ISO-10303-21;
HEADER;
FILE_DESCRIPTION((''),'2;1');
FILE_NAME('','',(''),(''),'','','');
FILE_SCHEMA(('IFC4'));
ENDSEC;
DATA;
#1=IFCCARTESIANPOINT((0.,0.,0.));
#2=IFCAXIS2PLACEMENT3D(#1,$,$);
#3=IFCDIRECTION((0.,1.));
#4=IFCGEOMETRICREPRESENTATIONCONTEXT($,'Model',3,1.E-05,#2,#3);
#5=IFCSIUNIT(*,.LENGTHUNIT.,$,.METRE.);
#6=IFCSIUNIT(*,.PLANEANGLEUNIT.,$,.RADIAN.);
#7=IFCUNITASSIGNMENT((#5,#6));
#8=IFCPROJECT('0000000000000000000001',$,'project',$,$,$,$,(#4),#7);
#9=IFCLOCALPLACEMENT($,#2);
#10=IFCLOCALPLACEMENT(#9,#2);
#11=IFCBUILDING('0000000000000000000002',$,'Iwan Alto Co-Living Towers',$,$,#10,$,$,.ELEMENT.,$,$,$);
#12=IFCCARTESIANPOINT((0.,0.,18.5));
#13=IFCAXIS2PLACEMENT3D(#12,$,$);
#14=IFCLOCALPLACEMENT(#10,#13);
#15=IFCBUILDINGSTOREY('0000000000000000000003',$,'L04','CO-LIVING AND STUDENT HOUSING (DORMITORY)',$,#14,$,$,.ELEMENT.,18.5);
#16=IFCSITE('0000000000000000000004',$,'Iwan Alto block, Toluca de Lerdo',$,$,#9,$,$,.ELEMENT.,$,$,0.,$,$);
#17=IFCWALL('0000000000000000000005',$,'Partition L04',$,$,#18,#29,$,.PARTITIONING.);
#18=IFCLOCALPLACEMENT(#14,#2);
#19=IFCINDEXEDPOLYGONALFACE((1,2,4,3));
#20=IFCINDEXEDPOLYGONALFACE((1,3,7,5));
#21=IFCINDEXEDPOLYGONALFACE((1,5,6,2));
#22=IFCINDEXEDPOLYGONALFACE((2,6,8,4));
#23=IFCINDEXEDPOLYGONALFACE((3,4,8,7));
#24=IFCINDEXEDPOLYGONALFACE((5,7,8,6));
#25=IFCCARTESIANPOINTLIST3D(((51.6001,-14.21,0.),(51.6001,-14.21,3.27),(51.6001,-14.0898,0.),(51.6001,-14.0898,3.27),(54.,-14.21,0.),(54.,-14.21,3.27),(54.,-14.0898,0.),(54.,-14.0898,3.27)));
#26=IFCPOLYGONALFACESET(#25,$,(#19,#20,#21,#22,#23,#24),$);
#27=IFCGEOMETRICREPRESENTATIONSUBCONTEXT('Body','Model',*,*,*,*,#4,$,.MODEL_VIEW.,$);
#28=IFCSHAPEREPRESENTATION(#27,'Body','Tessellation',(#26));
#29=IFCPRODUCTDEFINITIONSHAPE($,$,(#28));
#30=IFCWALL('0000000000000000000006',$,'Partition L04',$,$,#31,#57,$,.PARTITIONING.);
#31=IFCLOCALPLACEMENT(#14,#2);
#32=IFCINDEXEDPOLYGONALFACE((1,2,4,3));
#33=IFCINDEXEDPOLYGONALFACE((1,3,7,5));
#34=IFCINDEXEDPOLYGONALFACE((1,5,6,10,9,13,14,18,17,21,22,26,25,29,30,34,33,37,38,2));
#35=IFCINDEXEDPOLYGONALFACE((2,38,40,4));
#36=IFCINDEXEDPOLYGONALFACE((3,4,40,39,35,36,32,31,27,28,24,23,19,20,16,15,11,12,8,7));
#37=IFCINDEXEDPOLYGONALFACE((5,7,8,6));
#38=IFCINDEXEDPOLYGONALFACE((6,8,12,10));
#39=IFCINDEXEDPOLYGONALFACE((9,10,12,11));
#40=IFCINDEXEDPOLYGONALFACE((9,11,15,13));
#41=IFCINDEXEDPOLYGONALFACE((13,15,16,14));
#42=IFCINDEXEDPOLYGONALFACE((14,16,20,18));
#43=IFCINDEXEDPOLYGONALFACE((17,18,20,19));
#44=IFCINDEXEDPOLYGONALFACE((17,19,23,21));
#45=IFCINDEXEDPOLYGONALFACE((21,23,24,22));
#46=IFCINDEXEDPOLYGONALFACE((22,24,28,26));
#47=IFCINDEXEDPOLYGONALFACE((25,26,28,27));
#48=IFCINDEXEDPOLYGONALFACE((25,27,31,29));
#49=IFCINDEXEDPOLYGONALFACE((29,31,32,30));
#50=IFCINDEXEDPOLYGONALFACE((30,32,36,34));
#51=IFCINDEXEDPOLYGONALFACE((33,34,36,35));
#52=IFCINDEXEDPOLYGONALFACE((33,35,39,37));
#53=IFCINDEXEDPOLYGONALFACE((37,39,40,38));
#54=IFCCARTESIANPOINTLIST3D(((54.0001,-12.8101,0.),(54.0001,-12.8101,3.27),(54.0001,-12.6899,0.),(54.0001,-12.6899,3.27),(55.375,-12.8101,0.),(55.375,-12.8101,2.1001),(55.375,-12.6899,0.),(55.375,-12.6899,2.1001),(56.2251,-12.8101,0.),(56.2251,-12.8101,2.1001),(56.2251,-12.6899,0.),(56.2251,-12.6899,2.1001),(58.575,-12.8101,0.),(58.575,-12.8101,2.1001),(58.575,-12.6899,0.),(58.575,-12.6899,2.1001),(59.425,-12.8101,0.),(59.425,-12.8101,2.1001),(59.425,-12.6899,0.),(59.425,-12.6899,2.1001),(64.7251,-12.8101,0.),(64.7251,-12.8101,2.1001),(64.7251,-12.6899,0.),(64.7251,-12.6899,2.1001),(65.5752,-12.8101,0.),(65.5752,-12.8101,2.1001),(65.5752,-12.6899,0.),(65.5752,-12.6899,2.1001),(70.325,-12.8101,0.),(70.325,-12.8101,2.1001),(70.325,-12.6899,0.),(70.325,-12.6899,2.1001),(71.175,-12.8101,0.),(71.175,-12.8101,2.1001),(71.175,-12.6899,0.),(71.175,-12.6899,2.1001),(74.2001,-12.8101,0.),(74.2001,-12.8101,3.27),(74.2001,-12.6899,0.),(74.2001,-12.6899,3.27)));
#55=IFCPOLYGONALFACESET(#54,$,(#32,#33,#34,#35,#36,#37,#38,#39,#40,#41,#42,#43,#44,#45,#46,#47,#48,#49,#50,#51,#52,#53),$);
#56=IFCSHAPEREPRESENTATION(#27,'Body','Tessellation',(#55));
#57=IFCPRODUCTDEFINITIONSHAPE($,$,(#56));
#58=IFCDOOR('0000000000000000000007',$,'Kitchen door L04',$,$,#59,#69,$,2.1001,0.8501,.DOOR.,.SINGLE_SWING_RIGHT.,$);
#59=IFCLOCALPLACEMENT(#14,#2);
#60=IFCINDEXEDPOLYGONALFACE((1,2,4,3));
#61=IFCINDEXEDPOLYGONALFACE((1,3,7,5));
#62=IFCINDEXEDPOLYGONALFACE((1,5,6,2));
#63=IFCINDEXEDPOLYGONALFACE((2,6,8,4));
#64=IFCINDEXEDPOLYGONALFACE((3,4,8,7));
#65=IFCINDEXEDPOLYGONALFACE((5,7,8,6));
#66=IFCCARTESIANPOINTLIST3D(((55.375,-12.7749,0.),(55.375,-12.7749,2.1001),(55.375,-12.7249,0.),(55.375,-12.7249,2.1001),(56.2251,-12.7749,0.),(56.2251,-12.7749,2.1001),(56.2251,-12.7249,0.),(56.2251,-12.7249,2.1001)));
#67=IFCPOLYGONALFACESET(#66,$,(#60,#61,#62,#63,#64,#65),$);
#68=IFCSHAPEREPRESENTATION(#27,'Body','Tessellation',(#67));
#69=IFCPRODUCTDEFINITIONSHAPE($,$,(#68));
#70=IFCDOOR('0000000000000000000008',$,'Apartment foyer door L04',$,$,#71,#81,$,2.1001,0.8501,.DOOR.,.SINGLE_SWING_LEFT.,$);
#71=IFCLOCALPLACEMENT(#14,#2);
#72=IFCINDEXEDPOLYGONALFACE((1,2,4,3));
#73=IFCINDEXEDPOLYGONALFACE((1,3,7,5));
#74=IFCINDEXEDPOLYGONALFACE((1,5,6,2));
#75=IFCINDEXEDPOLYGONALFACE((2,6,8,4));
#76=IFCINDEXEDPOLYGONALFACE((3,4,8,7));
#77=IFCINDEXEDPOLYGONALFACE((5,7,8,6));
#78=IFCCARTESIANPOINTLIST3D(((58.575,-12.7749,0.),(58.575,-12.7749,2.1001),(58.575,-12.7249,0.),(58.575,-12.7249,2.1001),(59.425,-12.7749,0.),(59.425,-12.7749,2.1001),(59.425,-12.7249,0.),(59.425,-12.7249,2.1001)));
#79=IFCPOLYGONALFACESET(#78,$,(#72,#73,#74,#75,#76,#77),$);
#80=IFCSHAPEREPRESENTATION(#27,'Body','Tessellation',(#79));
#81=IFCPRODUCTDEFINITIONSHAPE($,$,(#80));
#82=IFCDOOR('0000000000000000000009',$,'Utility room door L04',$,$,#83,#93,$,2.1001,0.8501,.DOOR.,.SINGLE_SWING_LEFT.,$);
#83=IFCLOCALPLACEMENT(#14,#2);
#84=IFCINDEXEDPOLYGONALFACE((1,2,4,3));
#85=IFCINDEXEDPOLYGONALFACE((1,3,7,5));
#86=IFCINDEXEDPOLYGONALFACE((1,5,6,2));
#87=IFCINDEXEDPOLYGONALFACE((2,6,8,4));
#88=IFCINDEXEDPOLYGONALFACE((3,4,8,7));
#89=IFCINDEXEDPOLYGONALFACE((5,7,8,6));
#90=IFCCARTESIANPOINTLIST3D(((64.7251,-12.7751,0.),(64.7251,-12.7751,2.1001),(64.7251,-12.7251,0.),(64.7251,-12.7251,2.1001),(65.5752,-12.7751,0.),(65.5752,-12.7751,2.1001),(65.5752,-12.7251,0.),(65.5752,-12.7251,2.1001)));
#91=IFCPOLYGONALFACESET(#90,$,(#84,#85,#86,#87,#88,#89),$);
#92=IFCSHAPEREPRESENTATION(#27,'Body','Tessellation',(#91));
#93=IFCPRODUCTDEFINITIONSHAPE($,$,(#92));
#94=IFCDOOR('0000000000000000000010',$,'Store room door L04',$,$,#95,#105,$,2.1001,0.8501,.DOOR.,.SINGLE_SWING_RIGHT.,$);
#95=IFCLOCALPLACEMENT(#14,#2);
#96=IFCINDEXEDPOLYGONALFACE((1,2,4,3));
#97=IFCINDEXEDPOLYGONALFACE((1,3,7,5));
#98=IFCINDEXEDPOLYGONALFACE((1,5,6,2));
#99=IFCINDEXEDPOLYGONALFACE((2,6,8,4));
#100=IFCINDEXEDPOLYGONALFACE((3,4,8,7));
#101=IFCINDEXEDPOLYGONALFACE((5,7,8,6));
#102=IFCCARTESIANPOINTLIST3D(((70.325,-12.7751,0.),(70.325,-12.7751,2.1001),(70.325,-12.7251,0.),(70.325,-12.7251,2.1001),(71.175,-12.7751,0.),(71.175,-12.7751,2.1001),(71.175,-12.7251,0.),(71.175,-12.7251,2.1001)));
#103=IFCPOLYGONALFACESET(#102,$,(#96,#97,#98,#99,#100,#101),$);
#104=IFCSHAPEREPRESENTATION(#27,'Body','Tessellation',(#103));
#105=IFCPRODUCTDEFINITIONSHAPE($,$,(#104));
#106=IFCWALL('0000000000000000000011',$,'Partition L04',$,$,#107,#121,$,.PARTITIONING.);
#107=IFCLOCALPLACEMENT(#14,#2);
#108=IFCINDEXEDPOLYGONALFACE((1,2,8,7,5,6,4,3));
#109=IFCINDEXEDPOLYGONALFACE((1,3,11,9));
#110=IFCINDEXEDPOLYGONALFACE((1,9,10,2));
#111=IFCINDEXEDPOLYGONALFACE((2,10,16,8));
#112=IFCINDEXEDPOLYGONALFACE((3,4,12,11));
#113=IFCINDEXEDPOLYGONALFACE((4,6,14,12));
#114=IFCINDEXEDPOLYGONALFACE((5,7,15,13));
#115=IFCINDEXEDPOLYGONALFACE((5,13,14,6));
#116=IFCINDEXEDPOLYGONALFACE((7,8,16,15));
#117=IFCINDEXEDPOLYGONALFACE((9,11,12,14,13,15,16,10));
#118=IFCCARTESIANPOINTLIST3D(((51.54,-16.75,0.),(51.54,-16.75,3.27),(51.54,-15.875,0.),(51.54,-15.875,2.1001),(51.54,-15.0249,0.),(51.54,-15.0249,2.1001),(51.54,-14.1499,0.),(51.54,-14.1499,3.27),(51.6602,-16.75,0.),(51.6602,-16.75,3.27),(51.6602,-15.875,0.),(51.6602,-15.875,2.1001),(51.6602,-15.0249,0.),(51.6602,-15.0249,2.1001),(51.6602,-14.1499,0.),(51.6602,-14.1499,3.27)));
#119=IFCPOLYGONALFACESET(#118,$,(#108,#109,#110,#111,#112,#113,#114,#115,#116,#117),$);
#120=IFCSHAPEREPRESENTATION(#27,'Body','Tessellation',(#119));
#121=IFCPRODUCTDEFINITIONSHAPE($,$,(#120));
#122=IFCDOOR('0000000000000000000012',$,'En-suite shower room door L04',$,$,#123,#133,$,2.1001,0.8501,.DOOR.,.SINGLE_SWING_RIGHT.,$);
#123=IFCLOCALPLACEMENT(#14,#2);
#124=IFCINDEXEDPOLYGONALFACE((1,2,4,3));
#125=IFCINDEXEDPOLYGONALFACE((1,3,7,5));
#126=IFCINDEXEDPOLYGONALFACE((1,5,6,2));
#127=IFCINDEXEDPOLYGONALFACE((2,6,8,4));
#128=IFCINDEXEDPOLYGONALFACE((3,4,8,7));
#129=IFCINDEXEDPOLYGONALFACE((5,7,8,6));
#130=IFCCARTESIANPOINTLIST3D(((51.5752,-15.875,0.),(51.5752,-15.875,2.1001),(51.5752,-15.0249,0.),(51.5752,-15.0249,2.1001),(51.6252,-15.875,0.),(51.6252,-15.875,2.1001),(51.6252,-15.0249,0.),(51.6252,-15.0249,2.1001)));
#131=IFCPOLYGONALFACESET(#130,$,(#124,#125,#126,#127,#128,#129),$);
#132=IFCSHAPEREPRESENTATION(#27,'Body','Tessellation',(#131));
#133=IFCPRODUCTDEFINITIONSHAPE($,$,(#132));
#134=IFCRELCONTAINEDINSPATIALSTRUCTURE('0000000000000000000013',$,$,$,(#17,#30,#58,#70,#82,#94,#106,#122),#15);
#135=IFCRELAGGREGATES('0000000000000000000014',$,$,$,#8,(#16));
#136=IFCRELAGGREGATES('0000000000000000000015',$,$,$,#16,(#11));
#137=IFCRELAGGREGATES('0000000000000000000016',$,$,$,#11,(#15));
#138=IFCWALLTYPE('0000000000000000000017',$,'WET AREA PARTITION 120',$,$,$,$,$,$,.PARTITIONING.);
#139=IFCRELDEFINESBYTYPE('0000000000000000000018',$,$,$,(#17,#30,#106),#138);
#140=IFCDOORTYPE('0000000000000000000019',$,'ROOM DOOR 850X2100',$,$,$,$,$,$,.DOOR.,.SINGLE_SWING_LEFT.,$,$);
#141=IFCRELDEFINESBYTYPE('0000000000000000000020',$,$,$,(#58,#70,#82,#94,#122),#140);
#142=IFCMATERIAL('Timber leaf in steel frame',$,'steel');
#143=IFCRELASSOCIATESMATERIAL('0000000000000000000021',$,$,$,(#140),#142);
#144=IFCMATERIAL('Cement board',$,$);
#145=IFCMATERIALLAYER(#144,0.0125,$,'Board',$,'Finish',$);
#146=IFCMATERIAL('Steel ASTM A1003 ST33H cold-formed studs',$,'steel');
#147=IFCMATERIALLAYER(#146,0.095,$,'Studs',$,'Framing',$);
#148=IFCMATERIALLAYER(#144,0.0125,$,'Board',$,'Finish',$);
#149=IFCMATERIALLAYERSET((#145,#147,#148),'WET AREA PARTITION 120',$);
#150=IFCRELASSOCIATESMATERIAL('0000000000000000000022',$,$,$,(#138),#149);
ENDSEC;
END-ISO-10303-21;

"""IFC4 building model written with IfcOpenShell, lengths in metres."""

from ifc_helpers import new_model, si_unit, direction, frame, frame_2d, origin, place, context, subcontext, project, spatial, rectangle, extrude, material, layer, layer_set, type_object, element, fill, save


model = new_model("IFC4")

# Units and contexts
model_context = context("Model", 3, precision=1e-05, world=origin(), true_north=direction((0.0, 1.0)))
body_context = subcontext(model_context, "Body", "Model", "MODEL_VIEW")
ifc_project = project(units=[si_unit("LENGTHUNIT", "METRE"), si_unit("PLANEANGLEUNIT", "RADIAN")], contexts=[model_context])

# Site, building, storey
site_placement = place(None, origin())
site = spatial("IfcSite", under=ifc_project, at=site_placement, Name="Iwan Alto block, Toluca de Lerdo", CompositionType="ELEMENT", RefElevation=0.0)
building_placement = place(site_placement, origin())
building = spatial("IfcBuilding", under=site, at=building_placement, Name="Iwan Alto Co-Living Towers", CompositionType="ELEMENT")
storey_placement = place(building_placement, frame((0.0, 0.0, 18.5)))
storey = spatial("IfcBuildingStorey", under=building, at=storey_placement, Name="L04", Description="CO-LIVING AND STUDENT HOUSING (DORMITORY)", CompositionType="ELEMENT", Elevation=18.5)

# Shared definitions
ifc_material_1 = material(Name="Steel ASTM A1003 ST33H cold-formed studs", Category="steel")

# Shared definitions
ifc_material_2 = material(Name="Timber leaf in steel frame", Category="steel")
door_type = type_object("IfcDoorType", Name="ROOM DOOR 850X2100", OperationType="SINGLE_SWING_LEFT", PredefinedType="DOOR", material=ifc_material_2)

# Wall
ifc_material_3 = material(Name="Cement board")
ifc_layer_1 = layer(ifc_material_3, 0.0125, Name="Board", Category="Finish")
ifc_layer_2 = layer(ifc_material_1, 0.095, Name="Studs", Category="Framing")
ifc_layer_3 = layer(ifc_material_3, 0.0125, Name="Board", Category="Finish")
ifc_layer_set_1 = layer_set([ifc_layer_1, ifc_layer_2, ifc_layer_3], Name="WET AREA PARTITION 120")
wall_type_1 = type_object("IfcWallType", Name="WET AREA PARTITION 120", PredefinedType="PARTITIONING", material=ifc_layer_set_1)
for number, where, z_axis, x_axis, name in (
    (1, (51.6001, -14.1499, 0.0), (0.0, 0.0, 1.0), (1.0, 0.0, 0.0), "Partition L04"),
):
    element("IfcWall", number, at=place(storey_placement, frame(where, z_axis=z_axis, x_axis=x_axis)), inside=storey, type_object=wall_type_1, Name=name, PredefinedType="PARTITIONING", context=body_context, shape_type="SweptSolid", body=[
        extrude(rectangle(XDim=2.3999, YDim=0.1201, at=frame_2d((1.2, 0.0))), origin(), (0.0, 0.0, 1.0), 3.27),
    ])

# Wall, openings, doors
wall_1_placement = place(storey_placement, frame((54.0, -12.75, 0.0), z_axis=(0.0, 0.0, 1.0), x_axis=(1.0, 0.0, 0.0)))
wall_1 = element("IfcWall", 2, at=wall_1_placement, inside=storey, type_object=wall_type_1, Name="Partition L04", PredefinedType="PARTITIONING", context=body_context, shape_type="SweptSolid", body=[
    extrude(rectangle(XDim=20.2, YDim=0.1201, at=frame_2d((10.1001, 0.0))), origin(), (0.0, 0.0, 1.0), 3.27),
])
opening_1_placement = place(wall_1_placement, frame((1.375, 0.0, 0.0)))
opening_1 = element("IfcOpeningElement", 3, at=opening_1_placement, cuts=wall_1, PredefinedType="OPENING", context=body_context, shape_type="SweptSolid", body=[
    extrude(rectangle(XDim=0.8501, YDim=2.1001, at=frame_2d((0.425, 1.05))), frame((0.0, 0.0701, 0.0), z_axis=(0.0, -1.0, 0.0), x_axis=(1.0, 0.0, 0.0)), (0.0, 0.0, 1.0), 0.1401),
])
opening_2_placement = place(wall_1_placement, frame((4.575, 0.0, 0.0)))
opening_2 = element("IfcOpeningElement", 4, at=opening_2_placement, cuts=wall_1, PredefinedType="OPENING", context=body_context, shape_type="SweptSolid", body=[
    extrude(rectangle(XDim=0.8501, YDim=2.1001, at=frame_2d((0.425, 1.05))), frame((0.0, 0.0701, 0.0), z_axis=(0.0, -1.0, 0.0), x_axis=(1.0, 0.0, 0.0)), (0.0, 0.0, 1.0), 0.1401),
])
opening_3_placement = place(wall_1_placement, frame((10.7251, 0.0, 0.0)))
opening_3 = element("IfcOpeningElement", 5, at=opening_3_placement, cuts=wall_1, PredefinedType="OPENING", context=body_context, shape_type="SweptSolid", body=[
    extrude(rectangle(XDim=0.8501, YDim=2.1001, at=frame_2d((0.425, 1.05))), frame((0.0, 0.0701, 0.0), z_axis=(0.0, -1.0, 0.0), x_axis=(1.0, 0.0, 0.0)), (0.0, 0.0, 1.0), 0.1401),
])
opening_4_placement = place(wall_1_placement, frame((16.325, 0.0, 0.0)))
opening_4 = element("IfcOpeningElement", 6, at=opening_4_placement, cuts=wall_1, PredefinedType="OPENING", context=body_context, shape_type="SweptSolid", body=[
    extrude(rectangle(XDim=0.8501, YDim=2.1001, at=frame_2d((0.425, 1.05))), frame((0.0, 0.0701, 0.0), z_axis=(0.0, -1.0, 0.0), x_axis=(1.0, 0.0, 0.0)), (0.0, 0.0, 1.0), 0.1401),
])
door_1_placement = place(opening_1_placement, frame((0.8501, 0.0, 0.0), z_axis=(0.0, 0.0, 1.0), x_axis=(-1.0, 0.0, 0.0)))
door_1 = element("IfcDoor", 7, at=door_1_placement, inside=storey, type_object=door_type, Name="Kitchen door L04", OperationType="SINGLE_SWING_RIGHT", OverallHeight=2.1001, OverallWidth=0.8501, PredefinedType="DOOR", context=body_context, shape_type="SweptSolid", body=[
    extrude(rectangle(XDim=0.8501, YDim=2.1001, at=frame_2d((0.425, 1.05))), frame((0.0, 0.0249, 0.0), z_axis=(0.0, -1.0, 0.0), x_axis=(1.0, 0.0, 0.0)), (0.0, 0.0, 1.0), 0.05),
])
fill(opening_1, door_1)
door_2_placement = place(opening_2_placement, frame((0.8501, 0.0, 0.0), z_axis=(0.0, 0.0, 1.0), x_axis=(-1.0, 0.0, 0.0)))
door_2 = element("IfcDoor", 8, at=door_2_placement, inside=storey, type_object=door_type, Name="Apartment foyer door L04", OperationType="SINGLE_SWING_LEFT", OverallHeight=2.1001, OverallWidth=0.8501, PredefinedType="DOOR", context=body_context, shape_type="SweptSolid", body=[
    extrude(rectangle(XDim=0.8501, YDim=2.1001, at=frame_2d((0.425, 1.05))), frame((0.0, 0.0249, 0.0), z_axis=(0.0, -1.0, 0.0), x_axis=(1.0, 0.0, 0.0)), (0.0, 0.0, 1.0), 0.05),
])
fill(opening_2, door_2)
door_3_placement = place(opening_3_placement, origin())
door_3 = element("IfcDoor", 9, at=door_3_placement, inside=storey, type_object=door_type, Name="Utility room door L04", OperationType="SINGLE_SWING_LEFT", OverallHeight=2.1001, OverallWidth=0.8501, PredefinedType="DOOR", context=body_context, shape_type="SweptSolid", body=[
    extrude(rectangle(XDim=0.8501, YDim=2.1001, at=frame_2d((0.425, 1.05))), frame((0.0, 0.0249, 0.0), z_axis=(0.0, -1.0, 0.0), x_axis=(1.0, 0.0, 0.0)), (0.0, 0.0, 1.0), 0.05),
])
fill(opening_3, door_3)
door_4_placement = place(opening_4_placement, origin())
door_4 = element("IfcDoor", 10, at=door_4_placement, inside=storey, type_object=door_type, Name="Store room door L04", OperationType="SINGLE_SWING_RIGHT", OverallHeight=2.1001, OverallWidth=0.8501, PredefinedType="DOOR", context=body_context, shape_type="SweptSolid", body=[
    extrude(rectangle(XDim=0.8501, YDim=2.1001, at=frame_2d((0.425, 1.05))), frame((0.0, 0.0249, 0.0), z_axis=(0.0, -1.0, 0.0), x_axis=(1.0, 0.0, 0.0)), (0.0, 0.0, 1.0), 0.05),
])
fill(opening_4, door_4)

# Wall, opening, door
wall_2_placement = place(storey_placement, frame((51.6001, -16.75, 0.0), z_axis=(0.0, 0.0, 1.0), x_axis=(0.0, 1.0, 0.0)))
wall_2 = element("IfcWall", 11, at=wall_2_placement, inside=storey, type_object=wall_type_1, Name="Partition L04", PredefinedType="PARTITIONING", context=body_context, shape_type="SweptSolid", body=[
    extrude(rectangle(XDim=2.6001, YDim=0.1201, at=frame_2d((1.3, 0.0))), origin(), (0.0, 0.0, 1.0), 3.27),
])
opening_5_placement = place(wall_2_placement, frame((0.875, 0.0, 0.0)))
opening_5 = element("IfcOpeningElement", 12, at=opening_5_placement, cuts=wall_2, PredefinedType="OPENING", context=body_context, shape_type="SweptSolid", body=[
    extrude(rectangle(XDim=0.8501, YDim=2.1001, at=frame_2d((0.425, 1.05))), frame((0.0, 0.0701, 0.0), z_axis=(0.0, -1.0, 0.0), x_axis=(1.0, 0.0, 0.0)), (0.0, 0.0, 1.0), 0.1401),
])
door_5_placement = place(opening_5_placement, origin())
door_5 = element("IfcDoor", 13, at=door_5_placement, inside=storey, type_object=door_type, Name="En-suite shower room door L04", OperationType="SINGLE_SWING_RIGHT", OverallHeight=2.1001, OverallWidth=0.8501, PredefinedType="DOOR", context=body_context, shape_type="SweptSolid", body=[
    extrude(rectangle(XDim=0.8501, YDim=2.1001, at=frame_2d((0.425, 1.05))), frame((0.0, 0.0249, 0.0), z_axis=(0.0, -1.0, 0.0), x_axis=(1.0, 0.0, 0.0)), (0.0, 0.0, 1.0), 0.05),
])
fill(opening_5, door_5)

save(model, "model.ifc")
